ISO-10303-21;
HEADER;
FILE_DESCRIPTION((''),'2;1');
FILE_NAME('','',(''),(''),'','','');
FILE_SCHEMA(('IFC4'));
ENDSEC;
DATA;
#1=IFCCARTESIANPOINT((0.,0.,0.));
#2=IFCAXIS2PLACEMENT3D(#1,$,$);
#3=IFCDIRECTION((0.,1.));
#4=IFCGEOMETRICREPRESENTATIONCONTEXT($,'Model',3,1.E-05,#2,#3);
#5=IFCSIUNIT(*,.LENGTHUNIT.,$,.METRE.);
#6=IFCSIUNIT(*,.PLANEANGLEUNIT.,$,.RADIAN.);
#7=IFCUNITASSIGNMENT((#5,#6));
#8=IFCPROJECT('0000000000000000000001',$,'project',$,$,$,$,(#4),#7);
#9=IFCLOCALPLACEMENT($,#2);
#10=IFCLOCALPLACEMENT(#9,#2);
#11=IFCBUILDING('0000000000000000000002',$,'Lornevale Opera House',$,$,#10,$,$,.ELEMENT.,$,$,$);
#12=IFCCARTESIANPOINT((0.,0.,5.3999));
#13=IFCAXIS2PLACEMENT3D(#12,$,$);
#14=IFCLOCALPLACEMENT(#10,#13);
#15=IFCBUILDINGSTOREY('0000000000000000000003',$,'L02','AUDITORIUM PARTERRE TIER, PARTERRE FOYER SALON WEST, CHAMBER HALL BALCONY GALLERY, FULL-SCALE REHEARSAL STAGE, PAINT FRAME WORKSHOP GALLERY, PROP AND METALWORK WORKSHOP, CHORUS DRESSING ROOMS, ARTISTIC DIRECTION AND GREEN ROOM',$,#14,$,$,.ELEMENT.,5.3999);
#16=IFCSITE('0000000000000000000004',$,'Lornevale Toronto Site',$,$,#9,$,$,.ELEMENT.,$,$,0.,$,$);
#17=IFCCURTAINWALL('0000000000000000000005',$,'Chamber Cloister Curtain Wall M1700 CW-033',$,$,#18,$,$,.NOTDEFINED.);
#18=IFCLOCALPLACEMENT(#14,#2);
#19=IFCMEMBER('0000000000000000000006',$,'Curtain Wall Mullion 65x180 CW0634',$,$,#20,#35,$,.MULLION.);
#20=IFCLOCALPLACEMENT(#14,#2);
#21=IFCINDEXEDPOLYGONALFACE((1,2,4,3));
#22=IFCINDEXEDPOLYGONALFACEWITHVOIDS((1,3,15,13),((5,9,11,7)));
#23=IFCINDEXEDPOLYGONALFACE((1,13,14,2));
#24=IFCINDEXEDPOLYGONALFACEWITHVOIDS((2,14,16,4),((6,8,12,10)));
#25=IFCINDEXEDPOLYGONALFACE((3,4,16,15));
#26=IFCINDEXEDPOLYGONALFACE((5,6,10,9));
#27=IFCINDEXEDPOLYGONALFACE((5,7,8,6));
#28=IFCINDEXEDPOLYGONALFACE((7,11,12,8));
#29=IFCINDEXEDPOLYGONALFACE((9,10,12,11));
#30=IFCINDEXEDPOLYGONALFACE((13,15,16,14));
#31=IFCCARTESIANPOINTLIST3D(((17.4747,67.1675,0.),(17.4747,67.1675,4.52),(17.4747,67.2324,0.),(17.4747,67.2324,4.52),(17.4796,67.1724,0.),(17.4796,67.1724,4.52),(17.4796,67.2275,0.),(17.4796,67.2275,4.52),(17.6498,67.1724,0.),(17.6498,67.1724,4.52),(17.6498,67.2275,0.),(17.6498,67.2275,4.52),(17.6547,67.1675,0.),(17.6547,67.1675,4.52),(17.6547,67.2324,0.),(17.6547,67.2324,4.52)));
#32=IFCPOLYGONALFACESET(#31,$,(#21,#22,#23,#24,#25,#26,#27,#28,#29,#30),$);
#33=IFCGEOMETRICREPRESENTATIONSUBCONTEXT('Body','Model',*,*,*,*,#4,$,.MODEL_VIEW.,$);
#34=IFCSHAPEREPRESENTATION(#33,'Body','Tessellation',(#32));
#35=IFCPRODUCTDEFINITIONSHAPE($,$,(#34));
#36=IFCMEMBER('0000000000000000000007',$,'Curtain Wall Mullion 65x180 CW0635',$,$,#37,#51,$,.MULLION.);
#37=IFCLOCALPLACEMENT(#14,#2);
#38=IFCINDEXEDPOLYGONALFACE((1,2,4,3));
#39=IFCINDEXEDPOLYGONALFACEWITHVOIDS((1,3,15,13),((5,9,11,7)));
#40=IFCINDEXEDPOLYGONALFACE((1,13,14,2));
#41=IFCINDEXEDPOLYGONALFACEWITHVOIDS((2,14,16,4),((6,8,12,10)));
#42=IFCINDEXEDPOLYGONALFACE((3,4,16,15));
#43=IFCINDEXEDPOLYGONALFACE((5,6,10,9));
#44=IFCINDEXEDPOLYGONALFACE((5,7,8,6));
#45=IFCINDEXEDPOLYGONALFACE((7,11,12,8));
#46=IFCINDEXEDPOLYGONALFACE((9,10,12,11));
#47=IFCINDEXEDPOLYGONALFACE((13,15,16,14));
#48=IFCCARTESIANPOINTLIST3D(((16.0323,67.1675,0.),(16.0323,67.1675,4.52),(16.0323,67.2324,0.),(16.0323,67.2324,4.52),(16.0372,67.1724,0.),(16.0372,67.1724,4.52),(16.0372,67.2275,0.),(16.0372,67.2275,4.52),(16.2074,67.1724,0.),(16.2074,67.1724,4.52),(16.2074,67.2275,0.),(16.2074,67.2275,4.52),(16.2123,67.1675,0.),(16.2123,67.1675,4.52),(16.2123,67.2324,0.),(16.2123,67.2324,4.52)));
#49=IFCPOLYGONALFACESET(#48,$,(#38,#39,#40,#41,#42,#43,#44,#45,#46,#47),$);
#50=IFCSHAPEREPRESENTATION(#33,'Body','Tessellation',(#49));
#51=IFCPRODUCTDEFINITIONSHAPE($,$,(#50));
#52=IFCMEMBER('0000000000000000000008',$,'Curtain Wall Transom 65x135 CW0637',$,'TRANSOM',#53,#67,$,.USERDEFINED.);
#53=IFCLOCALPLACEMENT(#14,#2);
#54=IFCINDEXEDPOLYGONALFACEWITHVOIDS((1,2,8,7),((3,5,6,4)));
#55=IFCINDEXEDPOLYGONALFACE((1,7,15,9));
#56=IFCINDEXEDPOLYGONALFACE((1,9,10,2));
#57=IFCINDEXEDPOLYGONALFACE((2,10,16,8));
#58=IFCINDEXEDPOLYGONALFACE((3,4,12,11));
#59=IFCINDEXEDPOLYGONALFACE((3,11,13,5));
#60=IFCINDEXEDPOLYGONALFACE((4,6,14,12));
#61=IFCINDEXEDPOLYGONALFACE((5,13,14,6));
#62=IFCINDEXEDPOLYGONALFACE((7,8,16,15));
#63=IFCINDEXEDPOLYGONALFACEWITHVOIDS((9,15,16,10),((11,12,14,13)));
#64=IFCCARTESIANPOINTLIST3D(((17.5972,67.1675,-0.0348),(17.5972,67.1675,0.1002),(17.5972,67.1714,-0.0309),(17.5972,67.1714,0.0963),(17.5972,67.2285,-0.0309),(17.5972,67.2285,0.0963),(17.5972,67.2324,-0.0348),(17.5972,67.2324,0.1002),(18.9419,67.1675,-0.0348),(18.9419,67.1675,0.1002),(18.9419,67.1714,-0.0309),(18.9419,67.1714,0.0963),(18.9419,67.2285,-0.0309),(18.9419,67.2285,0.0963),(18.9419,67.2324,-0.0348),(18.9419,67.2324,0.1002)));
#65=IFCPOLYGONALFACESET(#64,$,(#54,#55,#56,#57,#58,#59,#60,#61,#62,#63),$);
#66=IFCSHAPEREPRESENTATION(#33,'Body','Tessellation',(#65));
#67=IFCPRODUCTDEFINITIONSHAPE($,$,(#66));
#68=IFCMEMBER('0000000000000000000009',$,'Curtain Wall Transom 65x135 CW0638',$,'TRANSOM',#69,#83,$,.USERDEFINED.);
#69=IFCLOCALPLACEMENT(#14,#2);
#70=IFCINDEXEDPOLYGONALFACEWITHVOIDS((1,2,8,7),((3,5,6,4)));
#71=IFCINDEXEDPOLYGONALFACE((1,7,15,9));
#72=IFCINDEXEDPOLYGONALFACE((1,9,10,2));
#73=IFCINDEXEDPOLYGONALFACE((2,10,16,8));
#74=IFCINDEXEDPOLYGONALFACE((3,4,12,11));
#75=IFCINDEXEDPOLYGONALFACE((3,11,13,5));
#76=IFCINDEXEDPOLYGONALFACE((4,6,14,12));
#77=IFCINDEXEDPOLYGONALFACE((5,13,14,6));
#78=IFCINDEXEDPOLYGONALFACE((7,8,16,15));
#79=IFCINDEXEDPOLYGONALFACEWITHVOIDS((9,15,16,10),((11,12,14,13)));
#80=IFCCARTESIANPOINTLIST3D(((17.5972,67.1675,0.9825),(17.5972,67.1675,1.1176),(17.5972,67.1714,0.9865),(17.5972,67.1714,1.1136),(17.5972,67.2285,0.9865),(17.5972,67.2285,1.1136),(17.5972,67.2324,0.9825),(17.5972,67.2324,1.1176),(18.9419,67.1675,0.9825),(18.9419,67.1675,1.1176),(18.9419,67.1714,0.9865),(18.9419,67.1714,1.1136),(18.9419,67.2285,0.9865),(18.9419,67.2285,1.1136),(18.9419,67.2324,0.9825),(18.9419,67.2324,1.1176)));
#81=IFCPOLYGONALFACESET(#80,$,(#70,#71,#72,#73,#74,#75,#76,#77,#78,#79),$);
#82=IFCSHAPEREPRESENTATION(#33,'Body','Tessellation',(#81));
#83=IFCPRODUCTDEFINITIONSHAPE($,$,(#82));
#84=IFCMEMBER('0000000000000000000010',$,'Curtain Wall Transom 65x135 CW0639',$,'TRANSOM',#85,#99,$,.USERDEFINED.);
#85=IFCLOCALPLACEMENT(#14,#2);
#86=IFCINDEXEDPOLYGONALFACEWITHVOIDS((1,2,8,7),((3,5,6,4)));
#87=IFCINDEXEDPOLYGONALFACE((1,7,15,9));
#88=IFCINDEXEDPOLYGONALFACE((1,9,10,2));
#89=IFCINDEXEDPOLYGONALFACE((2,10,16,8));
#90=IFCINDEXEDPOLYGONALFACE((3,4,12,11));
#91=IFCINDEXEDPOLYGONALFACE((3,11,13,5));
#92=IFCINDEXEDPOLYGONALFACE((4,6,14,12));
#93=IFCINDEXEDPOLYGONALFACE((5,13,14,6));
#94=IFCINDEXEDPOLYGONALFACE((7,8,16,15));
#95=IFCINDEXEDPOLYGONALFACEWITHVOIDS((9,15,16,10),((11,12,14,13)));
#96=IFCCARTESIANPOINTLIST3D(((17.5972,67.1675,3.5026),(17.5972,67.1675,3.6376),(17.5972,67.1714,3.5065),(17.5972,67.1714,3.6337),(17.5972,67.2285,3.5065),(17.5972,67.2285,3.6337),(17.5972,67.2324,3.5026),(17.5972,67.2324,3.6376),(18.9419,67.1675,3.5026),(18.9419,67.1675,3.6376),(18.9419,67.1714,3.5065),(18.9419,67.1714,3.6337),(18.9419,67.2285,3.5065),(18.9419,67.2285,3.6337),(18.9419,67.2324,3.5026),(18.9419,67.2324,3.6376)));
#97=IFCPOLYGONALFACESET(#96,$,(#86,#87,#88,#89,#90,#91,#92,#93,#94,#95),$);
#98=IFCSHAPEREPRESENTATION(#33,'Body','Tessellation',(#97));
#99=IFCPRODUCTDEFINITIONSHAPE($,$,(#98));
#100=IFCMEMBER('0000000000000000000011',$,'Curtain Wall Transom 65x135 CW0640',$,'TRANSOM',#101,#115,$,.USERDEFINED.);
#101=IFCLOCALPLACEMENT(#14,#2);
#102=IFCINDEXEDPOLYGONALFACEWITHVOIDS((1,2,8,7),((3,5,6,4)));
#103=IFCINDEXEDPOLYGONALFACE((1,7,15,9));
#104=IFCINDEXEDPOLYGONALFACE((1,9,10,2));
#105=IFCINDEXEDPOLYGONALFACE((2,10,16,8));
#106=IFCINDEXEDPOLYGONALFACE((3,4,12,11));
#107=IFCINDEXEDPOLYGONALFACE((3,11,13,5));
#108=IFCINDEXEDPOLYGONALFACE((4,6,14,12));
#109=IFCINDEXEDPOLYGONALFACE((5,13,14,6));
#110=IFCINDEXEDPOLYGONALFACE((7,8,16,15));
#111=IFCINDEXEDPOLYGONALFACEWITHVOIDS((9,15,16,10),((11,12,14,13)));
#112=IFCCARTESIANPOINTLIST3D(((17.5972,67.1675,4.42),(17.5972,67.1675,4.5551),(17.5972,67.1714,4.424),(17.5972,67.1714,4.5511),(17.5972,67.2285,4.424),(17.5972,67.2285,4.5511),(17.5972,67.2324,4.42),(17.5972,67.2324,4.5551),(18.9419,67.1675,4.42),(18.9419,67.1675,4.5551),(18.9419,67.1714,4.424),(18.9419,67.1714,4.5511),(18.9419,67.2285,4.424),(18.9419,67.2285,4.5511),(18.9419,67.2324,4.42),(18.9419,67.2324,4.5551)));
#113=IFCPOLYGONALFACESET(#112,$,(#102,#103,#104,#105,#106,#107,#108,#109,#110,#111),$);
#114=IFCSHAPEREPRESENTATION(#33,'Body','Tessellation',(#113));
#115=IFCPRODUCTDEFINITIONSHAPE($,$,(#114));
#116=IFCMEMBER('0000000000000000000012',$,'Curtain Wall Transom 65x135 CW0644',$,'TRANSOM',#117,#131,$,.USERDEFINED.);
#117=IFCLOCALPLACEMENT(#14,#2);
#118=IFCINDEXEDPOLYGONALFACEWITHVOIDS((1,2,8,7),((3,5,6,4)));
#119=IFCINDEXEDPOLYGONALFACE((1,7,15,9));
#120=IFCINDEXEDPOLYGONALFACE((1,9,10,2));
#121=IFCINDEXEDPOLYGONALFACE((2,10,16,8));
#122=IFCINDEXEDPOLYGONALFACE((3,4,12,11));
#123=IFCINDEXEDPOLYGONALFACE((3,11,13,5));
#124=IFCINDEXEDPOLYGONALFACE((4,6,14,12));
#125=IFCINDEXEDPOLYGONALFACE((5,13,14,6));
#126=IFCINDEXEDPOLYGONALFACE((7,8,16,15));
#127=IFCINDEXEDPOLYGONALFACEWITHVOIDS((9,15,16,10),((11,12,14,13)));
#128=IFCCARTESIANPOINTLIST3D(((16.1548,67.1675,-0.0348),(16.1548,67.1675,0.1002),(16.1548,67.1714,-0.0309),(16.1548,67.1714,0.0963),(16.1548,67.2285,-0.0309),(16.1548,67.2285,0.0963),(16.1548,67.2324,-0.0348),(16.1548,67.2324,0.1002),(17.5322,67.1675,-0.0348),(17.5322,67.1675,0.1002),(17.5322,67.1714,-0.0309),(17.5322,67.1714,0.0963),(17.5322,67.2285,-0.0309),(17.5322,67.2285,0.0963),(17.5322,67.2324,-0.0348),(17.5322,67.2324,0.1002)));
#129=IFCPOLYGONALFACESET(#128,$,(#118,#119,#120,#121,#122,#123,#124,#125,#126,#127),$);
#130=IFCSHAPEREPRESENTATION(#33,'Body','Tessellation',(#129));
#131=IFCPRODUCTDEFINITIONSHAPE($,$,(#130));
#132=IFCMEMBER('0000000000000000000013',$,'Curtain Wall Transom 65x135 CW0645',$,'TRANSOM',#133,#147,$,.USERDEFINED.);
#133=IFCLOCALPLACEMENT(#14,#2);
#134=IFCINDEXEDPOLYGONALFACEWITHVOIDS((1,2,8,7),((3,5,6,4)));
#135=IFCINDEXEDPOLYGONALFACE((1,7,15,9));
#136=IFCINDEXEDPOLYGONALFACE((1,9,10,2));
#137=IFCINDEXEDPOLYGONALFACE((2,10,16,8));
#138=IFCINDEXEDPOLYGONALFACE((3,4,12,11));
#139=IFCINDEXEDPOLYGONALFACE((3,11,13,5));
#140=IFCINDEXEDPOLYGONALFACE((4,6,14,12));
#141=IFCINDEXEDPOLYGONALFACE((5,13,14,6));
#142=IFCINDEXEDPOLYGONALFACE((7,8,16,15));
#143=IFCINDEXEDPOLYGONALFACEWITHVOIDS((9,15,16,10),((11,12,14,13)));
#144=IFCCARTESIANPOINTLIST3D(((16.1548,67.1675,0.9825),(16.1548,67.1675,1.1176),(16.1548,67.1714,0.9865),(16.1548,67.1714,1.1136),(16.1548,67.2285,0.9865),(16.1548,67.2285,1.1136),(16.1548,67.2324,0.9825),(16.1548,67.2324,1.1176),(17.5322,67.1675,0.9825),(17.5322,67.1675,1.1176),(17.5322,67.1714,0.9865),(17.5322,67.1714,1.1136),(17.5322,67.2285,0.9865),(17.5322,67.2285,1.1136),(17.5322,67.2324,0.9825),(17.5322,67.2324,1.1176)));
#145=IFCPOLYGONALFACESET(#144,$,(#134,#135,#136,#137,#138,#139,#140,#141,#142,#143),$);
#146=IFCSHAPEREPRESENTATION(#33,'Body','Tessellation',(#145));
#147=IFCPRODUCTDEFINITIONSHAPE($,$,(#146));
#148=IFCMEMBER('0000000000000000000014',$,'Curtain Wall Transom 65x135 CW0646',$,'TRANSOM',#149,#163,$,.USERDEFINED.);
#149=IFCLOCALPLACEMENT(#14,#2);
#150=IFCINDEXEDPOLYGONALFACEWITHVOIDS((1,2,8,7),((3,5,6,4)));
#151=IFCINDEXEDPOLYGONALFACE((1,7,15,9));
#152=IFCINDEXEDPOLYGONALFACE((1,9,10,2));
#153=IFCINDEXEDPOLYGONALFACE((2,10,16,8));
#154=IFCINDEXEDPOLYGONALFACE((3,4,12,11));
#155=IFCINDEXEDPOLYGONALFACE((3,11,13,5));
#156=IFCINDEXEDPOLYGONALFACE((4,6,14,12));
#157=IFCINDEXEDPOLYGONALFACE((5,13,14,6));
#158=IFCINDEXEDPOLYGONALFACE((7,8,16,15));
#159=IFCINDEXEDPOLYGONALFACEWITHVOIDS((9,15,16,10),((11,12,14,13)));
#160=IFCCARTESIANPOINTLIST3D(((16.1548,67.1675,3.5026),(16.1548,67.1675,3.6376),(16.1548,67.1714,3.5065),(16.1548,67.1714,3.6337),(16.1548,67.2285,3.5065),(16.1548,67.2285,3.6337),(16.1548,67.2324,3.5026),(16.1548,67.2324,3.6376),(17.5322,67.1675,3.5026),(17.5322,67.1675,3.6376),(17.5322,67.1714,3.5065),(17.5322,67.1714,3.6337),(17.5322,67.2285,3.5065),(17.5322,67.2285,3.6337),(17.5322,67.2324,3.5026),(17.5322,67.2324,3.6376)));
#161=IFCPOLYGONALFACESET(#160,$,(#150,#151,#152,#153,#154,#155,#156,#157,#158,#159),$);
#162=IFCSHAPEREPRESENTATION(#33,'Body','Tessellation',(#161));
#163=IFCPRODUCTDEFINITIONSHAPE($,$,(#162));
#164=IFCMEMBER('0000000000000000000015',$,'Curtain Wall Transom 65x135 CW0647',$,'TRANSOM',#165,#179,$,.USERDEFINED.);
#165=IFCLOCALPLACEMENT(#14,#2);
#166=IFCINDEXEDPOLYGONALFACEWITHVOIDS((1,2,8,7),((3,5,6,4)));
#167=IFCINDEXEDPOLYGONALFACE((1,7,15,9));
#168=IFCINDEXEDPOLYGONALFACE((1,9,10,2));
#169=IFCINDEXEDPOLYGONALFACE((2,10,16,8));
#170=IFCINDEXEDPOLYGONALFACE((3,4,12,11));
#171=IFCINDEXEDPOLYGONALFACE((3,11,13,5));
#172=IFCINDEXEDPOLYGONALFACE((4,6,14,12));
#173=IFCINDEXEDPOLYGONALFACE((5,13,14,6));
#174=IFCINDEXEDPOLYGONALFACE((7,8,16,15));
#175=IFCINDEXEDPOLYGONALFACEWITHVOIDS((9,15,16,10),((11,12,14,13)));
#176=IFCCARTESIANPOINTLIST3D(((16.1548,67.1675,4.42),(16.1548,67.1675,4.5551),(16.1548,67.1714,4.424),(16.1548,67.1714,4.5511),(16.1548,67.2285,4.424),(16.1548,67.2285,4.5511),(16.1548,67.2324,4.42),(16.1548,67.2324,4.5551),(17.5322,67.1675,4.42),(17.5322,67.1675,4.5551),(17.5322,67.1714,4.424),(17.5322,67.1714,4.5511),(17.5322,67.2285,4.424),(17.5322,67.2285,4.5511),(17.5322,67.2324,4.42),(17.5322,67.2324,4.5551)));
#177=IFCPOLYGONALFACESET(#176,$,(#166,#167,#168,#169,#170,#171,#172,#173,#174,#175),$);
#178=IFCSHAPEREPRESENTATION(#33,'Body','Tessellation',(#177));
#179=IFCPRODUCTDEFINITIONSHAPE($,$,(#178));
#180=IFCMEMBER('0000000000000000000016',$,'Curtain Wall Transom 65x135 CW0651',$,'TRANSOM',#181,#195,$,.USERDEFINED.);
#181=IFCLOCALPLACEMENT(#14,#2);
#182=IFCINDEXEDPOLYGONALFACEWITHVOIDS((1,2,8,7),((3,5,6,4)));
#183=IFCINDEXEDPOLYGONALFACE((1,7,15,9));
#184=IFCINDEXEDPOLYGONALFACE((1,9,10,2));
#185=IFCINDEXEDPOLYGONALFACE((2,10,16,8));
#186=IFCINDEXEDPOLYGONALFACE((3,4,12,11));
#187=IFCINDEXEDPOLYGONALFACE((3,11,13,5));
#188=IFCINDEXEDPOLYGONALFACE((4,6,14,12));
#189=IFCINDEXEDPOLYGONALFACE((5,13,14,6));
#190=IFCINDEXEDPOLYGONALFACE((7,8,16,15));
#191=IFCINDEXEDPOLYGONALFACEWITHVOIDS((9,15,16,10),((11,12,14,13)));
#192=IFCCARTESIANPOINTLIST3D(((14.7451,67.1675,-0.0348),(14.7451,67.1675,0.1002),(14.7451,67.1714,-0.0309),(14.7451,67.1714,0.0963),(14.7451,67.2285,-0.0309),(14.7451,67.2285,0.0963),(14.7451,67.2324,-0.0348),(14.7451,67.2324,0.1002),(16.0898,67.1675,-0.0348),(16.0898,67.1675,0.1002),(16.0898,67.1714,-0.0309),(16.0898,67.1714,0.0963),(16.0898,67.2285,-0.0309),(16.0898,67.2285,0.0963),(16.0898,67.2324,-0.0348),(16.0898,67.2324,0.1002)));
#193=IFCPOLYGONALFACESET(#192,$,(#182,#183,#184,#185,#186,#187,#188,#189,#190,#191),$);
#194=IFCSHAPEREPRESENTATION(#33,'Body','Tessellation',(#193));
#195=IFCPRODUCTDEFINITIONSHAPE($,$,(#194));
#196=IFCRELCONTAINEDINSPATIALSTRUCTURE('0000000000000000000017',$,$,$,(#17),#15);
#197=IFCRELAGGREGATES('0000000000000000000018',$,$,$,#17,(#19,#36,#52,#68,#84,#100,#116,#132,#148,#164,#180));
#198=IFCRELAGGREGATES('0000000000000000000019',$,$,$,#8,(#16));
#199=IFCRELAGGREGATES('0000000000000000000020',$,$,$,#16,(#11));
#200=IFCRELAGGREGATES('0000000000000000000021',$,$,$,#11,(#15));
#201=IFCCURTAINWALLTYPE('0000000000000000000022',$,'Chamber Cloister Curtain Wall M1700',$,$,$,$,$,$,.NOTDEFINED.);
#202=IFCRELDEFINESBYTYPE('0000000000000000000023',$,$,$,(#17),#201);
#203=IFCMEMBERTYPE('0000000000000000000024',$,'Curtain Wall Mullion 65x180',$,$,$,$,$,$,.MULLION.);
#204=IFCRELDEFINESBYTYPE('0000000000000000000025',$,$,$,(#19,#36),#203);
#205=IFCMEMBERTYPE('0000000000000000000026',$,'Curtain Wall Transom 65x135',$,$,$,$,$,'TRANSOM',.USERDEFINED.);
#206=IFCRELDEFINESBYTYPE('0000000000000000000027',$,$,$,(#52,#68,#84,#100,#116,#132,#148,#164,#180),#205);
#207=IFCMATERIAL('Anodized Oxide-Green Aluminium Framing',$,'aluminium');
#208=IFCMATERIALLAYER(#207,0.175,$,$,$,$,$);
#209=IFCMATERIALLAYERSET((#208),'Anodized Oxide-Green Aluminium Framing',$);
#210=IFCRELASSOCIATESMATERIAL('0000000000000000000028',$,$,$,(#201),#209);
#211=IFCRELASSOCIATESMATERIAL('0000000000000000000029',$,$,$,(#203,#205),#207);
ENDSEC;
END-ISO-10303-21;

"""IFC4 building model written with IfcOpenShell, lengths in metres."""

from ifc_helpers import new_model, si_unit, direction, frame, origin, origin_2d, place, context, subcontext, project, spatial, hollow_rectangle, extrude, material, layer, layer_set, material_profile, profile_set, type_object, element, aggregate, save


model = new_model("IFC4")

# Units and contexts
model_context = context("Model", 3, precision=1e-05, world=origin(), true_north=direction((0.0, 1.0)))
body_context = subcontext(model_context, "Body", "Model", "MODEL_VIEW")
ifc_project = project(units=[si_unit("LENGTHUNIT", "METRE"), si_unit("PLANEANGLEUNIT", "RADIAN")], contexts=[model_context])

# Site, building, storey
site_placement = place(None, origin())
site = spatial("IfcSite", under=ifc_project, at=site_placement, Name="Lornevale Toronto Site", CompositionType="ELEMENT", RefElevation=0.0)
building_placement = place(site_placement, origin())
building = spatial("IfcBuilding", under=site, at=building_placement, Name="Lornevale Opera House", CompositionType="ELEMENT")
storey_placement = place(building_placement, frame((0.0, 0.0, 5.3999)))
storey = spatial("IfcBuildingStorey", under=building, at=storey_placement, Name="L02", Description="AUDITORIUM PARTERRE TIER, PARTERRE FOYER SALON WEST, CHAMBER HALL BALCONY GALLERY, FULL-SCALE REHEARSAL STAGE, PAINT FRAME WORKSHOP GALLERY, PROP AND METALWORK WORKSHOP, CHORUS DRESSING ROOMS, ARTISTIC DIRECTION AND GREEN ROOM", CompositionType="ELEMENT", Elevation=5.3999)

# Curtain wall, members
ifc_material_1 = material(Name="Anodized Oxide-Green Aluminium Framing", Category="aluminium")
ifc_layer_1 = layer(ifc_material_1, 0.175)
ifc_layer_set_1 = layer_set([ifc_layer_1], Name="Anodized Oxide-Green Aluminium Framing")
curtain_wall_type = type_object("IfcCurtainWallType", Name="Chamber Cloister Curtain Wall M1700", PredefinedType="NOTDEFINED", material=ifc_layer_set_1)
curtain_wall_placement = place(storey_placement, origin())
curtain_wall = element("IfcCurtainWall", 1, at=curtain_wall_placement, inside=storey, type_object=curtain_wall_type, Name="Chamber Cloister Curtain Wall M1700 CW-033", PredefinedType="NOTDEFINED")
ifc_material_profile_1 = material_profile(ifc_material_1, hollow_rectangle(XDim=0.0649, YDim=0.1799, WallThickness=0.0049, at=origin_2d()), Name="ALU65x180x5")
ifc_profile_set_1 = profile_set([ifc_material_profile_1], Name="Anodized Oxide-Green Aluminium Framing")
member_type_1 = type_object("IfcMemberType", Name="Curtain Wall Mullion 65x180", PredefinedType="MULLION", material=ifc_profile_set_1)
member_1_placement = place(storey_placement, frame((17.5647, 67.2, 0.0), z_axis=(0.0, 0.0, 1.0), x_axis=(0.0, -1.0, 0.0)))
member_1 = element("IfcMember", 2, at=member_1_placement, type_object=member_type_1, Name="Curtain Wall Mullion 65x180 CW0634", PredefinedType="MULLION", context=body_context, shape_type="SweptSolid", body=[
    extrude(hollow_rectangle(XDim=0.0649, YDim=0.1799, WallThickness=0.0049, at=origin_2d()), origin(), (0.0, 0.0, 1.0), 4.52),
])
member_2_placement = place(storey_placement, frame((16.1223, 67.2, 0.0), z_axis=(0.0, 0.0, 1.0), x_axis=(0.0, -1.0, 0.0)))
member_2 = element("IfcMember", 3, at=member_2_placement, type_object=member_type_1, Name="Curtain Wall Mullion 65x180 CW0635", PredefinedType="MULLION", context=body_context, shape_type="SweptSolid", body=[
    extrude(hollow_rectangle(XDim=0.0649, YDim=0.1799, WallThickness=0.0049, at=origin_2d()), origin(), (0.0, 0.0, 1.0), 4.52),
])
ifc_material_profile_2 = material_profile(ifc_material_1, hollow_rectangle(XDim=0.0649, YDim=0.135, WallThickness=0.0039, at=origin_2d()), Name="ALU65x135x4")
ifc_profile_set_2 = profile_set([ifc_material_profile_2], Name="Anodized Oxide-Green Aluminium Framing")
member_type_2 = type_object("IfcMemberType", Name="Curtain Wall Transom 65x135", ElementType="TRANSOM", PredefinedType="USERDEFINED", material=ifc_profile_set_2)
member_3_placement = place(storey_placement, frame((18.9419, 67.2, 0.0327), z_axis=(-1.0, 0.0, 0.0), x_axis=(0.0, -1.0, 0.0)))
member_3 = element("IfcMember", 4, at=member_3_placement, type_object=member_type_2, Name="Curtain Wall Transom 65x135 CW0637", ObjectType="TRANSOM", PredefinedType="USERDEFINED", context=body_context, shape_type="SweptSolid", body=[
    extrude(hollow_rectangle(XDim=0.0649, YDim=0.135, WallThickness=0.0039, at=origin_2d()), origin(), (0.0, 0.0, 1.0), 1.3447),
])
member_4_placement = place(storey_placement, frame((18.9419, 67.2, 1.05), z_axis=(-1.0, 0.0, 0.0), x_axis=(0.0, -1.0, 0.0)))
member_4 = element("IfcMember", 5, at=member_4_placement, type_object=member_type_2, Name="Curtain Wall Transom 65x135 CW0638", ObjectType="TRANSOM", PredefinedType="USERDEFINED", context=body_context, shape_type="SweptSolid", body=[
    extrude(hollow_rectangle(XDim=0.0649, YDim=0.135, WallThickness=0.0039, at=origin_2d()), origin(), (0.0, 0.0, 1.0), 1.3447),
])
member_5_placement = place(storey_placement, frame((18.9419, 67.2, 3.5701), z_axis=(-1.0, 0.0, 0.0), x_axis=(0.0, -1.0, 0.0)))
member_5 = element("IfcMember", 6, at=member_5_placement, type_object=member_type_2, Name="Curtain Wall Transom 65x135 CW0639", ObjectType="TRANSOM", PredefinedType="USERDEFINED", context=body_context, shape_type="SweptSolid", body=[
    extrude(hollow_rectangle(XDim=0.0649, YDim=0.135, WallThickness=0.0039, at=origin_2d()), origin(), (0.0, 0.0, 1.0), 1.3447),
])
member_6_placement = place(storey_placement, frame((18.9419, 67.2, 4.4875), z_axis=(-1.0, 0.0, 0.0), x_axis=(0.0, -1.0, 0.0)))
member_6 = element("IfcMember", 7, at=member_6_placement, type_object=member_type_2, Name="Curtain Wall Transom 65x135 CW0640", ObjectType="TRANSOM", PredefinedType="USERDEFINED", context=body_context, shape_type="SweptSolid", body=[
    extrude(hollow_rectangle(XDim=0.0649, YDim=0.135, WallThickness=0.0039, at=origin_2d()), origin(), (0.0, 0.0, 1.0), 1.3447),
])
member_7_placement = place(storey_placement, frame((17.5322, 67.2, 0.0327), z_axis=(-1.0, 0.0, 0.0), x_axis=(0.0, -1.0, 0.0)))
member_7 = element("IfcMember", 8, at=member_7_placement, type_object=member_type_2, Name="Curtain Wall Transom 65x135 CW0644", ObjectType="TRANSOM", PredefinedType="USERDEFINED", context=body_context, shape_type="SweptSolid", body=[
    extrude(hollow_rectangle(XDim=0.0649, YDim=0.135, WallThickness=0.0039, at=origin_2d()), origin(), (0.0, 0.0, 1.0), 1.3774),
])
member_8_placement = place(storey_placement, frame((17.5322, 67.2, 1.05), z_axis=(-1.0, 0.0, 0.0), x_axis=(0.0, -1.0, 0.0)))
member_8 = element("IfcMember", 9, at=member_8_placement, type_object=member_type_2, Name="Curtain Wall Transom 65x135 CW0645", ObjectType="TRANSOM", PredefinedType="USERDEFINED", context=body_context, shape_type="SweptSolid", body=[
    extrude(hollow_rectangle(XDim=0.0649, YDim=0.135, WallThickness=0.0039, at=origin_2d()), origin(), (0.0, 0.0, 1.0), 1.3774),
])
member_9_placement = place(storey_placement, frame((17.5322, 67.2, 3.5701), z_axis=(-1.0, 0.0, 0.0), x_axis=(0.0, -1.0, 0.0)))
member_9 = element("IfcMember", 10, at=member_9_placement, type_object=member_type_2, Name="Curtain Wall Transom 65x135 CW0646", ObjectType="TRANSOM", PredefinedType="USERDEFINED", context=body_context, shape_type="SweptSolid", body=[
    extrude(hollow_rectangle(XDim=0.0649, YDim=0.135, WallThickness=0.0039, at=origin_2d()), origin(), (0.0, 0.0, 1.0), 1.3774),
])
member_10_placement = place(storey_placement, frame((17.5322, 67.2, 4.4875), z_axis=(-1.0, 0.0, 0.0), x_axis=(0.0, -1.0, 0.0)))
member_10 = element("IfcMember", 11, at=member_10_placement, type_object=member_type_2, Name="Curtain Wall Transom 65x135 CW0647", ObjectType="TRANSOM", PredefinedType="USERDEFINED", context=body_context, shape_type="SweptSolid", body=[
    extrude(hollow_rectangle(XDim=0.0649, YDim=0.135, WallThickness=0.0039, at=origin_2d()), origin(), (0.0, 0.0, 1.0), 1.3774),
])
member_11_placement = place(storey_placement, frame((16.0898, 67.2, 0.0327), z_axis=(-1.0, 0.0, 0.0), x_axis=(0.0, -1.0, 0.0)))
member_11 = element("IfcMember", 12, at=member_11_placement, type_object=member_type_2, Name="Curtain Wall Transom 65x135 CW0651", ObjectType="TRANSOM", PredefinedType="USERDEFINED", context=body_context, shape_type="SweptSolid", body=[
    extrude(hollow_rectangle(XDim=0.0649, YDim=0.135, WallThickness=0.0039, at=origin_2d()), origin(), (0.0, 0.0, 1.0), 1.3447),
])
aggregate(curtain_wall, [member_1, member_2, member_3, member_4, member_5, member_6, member_7, member_8, member_9, member_10, member_11])

save(model, "model.ifc")
